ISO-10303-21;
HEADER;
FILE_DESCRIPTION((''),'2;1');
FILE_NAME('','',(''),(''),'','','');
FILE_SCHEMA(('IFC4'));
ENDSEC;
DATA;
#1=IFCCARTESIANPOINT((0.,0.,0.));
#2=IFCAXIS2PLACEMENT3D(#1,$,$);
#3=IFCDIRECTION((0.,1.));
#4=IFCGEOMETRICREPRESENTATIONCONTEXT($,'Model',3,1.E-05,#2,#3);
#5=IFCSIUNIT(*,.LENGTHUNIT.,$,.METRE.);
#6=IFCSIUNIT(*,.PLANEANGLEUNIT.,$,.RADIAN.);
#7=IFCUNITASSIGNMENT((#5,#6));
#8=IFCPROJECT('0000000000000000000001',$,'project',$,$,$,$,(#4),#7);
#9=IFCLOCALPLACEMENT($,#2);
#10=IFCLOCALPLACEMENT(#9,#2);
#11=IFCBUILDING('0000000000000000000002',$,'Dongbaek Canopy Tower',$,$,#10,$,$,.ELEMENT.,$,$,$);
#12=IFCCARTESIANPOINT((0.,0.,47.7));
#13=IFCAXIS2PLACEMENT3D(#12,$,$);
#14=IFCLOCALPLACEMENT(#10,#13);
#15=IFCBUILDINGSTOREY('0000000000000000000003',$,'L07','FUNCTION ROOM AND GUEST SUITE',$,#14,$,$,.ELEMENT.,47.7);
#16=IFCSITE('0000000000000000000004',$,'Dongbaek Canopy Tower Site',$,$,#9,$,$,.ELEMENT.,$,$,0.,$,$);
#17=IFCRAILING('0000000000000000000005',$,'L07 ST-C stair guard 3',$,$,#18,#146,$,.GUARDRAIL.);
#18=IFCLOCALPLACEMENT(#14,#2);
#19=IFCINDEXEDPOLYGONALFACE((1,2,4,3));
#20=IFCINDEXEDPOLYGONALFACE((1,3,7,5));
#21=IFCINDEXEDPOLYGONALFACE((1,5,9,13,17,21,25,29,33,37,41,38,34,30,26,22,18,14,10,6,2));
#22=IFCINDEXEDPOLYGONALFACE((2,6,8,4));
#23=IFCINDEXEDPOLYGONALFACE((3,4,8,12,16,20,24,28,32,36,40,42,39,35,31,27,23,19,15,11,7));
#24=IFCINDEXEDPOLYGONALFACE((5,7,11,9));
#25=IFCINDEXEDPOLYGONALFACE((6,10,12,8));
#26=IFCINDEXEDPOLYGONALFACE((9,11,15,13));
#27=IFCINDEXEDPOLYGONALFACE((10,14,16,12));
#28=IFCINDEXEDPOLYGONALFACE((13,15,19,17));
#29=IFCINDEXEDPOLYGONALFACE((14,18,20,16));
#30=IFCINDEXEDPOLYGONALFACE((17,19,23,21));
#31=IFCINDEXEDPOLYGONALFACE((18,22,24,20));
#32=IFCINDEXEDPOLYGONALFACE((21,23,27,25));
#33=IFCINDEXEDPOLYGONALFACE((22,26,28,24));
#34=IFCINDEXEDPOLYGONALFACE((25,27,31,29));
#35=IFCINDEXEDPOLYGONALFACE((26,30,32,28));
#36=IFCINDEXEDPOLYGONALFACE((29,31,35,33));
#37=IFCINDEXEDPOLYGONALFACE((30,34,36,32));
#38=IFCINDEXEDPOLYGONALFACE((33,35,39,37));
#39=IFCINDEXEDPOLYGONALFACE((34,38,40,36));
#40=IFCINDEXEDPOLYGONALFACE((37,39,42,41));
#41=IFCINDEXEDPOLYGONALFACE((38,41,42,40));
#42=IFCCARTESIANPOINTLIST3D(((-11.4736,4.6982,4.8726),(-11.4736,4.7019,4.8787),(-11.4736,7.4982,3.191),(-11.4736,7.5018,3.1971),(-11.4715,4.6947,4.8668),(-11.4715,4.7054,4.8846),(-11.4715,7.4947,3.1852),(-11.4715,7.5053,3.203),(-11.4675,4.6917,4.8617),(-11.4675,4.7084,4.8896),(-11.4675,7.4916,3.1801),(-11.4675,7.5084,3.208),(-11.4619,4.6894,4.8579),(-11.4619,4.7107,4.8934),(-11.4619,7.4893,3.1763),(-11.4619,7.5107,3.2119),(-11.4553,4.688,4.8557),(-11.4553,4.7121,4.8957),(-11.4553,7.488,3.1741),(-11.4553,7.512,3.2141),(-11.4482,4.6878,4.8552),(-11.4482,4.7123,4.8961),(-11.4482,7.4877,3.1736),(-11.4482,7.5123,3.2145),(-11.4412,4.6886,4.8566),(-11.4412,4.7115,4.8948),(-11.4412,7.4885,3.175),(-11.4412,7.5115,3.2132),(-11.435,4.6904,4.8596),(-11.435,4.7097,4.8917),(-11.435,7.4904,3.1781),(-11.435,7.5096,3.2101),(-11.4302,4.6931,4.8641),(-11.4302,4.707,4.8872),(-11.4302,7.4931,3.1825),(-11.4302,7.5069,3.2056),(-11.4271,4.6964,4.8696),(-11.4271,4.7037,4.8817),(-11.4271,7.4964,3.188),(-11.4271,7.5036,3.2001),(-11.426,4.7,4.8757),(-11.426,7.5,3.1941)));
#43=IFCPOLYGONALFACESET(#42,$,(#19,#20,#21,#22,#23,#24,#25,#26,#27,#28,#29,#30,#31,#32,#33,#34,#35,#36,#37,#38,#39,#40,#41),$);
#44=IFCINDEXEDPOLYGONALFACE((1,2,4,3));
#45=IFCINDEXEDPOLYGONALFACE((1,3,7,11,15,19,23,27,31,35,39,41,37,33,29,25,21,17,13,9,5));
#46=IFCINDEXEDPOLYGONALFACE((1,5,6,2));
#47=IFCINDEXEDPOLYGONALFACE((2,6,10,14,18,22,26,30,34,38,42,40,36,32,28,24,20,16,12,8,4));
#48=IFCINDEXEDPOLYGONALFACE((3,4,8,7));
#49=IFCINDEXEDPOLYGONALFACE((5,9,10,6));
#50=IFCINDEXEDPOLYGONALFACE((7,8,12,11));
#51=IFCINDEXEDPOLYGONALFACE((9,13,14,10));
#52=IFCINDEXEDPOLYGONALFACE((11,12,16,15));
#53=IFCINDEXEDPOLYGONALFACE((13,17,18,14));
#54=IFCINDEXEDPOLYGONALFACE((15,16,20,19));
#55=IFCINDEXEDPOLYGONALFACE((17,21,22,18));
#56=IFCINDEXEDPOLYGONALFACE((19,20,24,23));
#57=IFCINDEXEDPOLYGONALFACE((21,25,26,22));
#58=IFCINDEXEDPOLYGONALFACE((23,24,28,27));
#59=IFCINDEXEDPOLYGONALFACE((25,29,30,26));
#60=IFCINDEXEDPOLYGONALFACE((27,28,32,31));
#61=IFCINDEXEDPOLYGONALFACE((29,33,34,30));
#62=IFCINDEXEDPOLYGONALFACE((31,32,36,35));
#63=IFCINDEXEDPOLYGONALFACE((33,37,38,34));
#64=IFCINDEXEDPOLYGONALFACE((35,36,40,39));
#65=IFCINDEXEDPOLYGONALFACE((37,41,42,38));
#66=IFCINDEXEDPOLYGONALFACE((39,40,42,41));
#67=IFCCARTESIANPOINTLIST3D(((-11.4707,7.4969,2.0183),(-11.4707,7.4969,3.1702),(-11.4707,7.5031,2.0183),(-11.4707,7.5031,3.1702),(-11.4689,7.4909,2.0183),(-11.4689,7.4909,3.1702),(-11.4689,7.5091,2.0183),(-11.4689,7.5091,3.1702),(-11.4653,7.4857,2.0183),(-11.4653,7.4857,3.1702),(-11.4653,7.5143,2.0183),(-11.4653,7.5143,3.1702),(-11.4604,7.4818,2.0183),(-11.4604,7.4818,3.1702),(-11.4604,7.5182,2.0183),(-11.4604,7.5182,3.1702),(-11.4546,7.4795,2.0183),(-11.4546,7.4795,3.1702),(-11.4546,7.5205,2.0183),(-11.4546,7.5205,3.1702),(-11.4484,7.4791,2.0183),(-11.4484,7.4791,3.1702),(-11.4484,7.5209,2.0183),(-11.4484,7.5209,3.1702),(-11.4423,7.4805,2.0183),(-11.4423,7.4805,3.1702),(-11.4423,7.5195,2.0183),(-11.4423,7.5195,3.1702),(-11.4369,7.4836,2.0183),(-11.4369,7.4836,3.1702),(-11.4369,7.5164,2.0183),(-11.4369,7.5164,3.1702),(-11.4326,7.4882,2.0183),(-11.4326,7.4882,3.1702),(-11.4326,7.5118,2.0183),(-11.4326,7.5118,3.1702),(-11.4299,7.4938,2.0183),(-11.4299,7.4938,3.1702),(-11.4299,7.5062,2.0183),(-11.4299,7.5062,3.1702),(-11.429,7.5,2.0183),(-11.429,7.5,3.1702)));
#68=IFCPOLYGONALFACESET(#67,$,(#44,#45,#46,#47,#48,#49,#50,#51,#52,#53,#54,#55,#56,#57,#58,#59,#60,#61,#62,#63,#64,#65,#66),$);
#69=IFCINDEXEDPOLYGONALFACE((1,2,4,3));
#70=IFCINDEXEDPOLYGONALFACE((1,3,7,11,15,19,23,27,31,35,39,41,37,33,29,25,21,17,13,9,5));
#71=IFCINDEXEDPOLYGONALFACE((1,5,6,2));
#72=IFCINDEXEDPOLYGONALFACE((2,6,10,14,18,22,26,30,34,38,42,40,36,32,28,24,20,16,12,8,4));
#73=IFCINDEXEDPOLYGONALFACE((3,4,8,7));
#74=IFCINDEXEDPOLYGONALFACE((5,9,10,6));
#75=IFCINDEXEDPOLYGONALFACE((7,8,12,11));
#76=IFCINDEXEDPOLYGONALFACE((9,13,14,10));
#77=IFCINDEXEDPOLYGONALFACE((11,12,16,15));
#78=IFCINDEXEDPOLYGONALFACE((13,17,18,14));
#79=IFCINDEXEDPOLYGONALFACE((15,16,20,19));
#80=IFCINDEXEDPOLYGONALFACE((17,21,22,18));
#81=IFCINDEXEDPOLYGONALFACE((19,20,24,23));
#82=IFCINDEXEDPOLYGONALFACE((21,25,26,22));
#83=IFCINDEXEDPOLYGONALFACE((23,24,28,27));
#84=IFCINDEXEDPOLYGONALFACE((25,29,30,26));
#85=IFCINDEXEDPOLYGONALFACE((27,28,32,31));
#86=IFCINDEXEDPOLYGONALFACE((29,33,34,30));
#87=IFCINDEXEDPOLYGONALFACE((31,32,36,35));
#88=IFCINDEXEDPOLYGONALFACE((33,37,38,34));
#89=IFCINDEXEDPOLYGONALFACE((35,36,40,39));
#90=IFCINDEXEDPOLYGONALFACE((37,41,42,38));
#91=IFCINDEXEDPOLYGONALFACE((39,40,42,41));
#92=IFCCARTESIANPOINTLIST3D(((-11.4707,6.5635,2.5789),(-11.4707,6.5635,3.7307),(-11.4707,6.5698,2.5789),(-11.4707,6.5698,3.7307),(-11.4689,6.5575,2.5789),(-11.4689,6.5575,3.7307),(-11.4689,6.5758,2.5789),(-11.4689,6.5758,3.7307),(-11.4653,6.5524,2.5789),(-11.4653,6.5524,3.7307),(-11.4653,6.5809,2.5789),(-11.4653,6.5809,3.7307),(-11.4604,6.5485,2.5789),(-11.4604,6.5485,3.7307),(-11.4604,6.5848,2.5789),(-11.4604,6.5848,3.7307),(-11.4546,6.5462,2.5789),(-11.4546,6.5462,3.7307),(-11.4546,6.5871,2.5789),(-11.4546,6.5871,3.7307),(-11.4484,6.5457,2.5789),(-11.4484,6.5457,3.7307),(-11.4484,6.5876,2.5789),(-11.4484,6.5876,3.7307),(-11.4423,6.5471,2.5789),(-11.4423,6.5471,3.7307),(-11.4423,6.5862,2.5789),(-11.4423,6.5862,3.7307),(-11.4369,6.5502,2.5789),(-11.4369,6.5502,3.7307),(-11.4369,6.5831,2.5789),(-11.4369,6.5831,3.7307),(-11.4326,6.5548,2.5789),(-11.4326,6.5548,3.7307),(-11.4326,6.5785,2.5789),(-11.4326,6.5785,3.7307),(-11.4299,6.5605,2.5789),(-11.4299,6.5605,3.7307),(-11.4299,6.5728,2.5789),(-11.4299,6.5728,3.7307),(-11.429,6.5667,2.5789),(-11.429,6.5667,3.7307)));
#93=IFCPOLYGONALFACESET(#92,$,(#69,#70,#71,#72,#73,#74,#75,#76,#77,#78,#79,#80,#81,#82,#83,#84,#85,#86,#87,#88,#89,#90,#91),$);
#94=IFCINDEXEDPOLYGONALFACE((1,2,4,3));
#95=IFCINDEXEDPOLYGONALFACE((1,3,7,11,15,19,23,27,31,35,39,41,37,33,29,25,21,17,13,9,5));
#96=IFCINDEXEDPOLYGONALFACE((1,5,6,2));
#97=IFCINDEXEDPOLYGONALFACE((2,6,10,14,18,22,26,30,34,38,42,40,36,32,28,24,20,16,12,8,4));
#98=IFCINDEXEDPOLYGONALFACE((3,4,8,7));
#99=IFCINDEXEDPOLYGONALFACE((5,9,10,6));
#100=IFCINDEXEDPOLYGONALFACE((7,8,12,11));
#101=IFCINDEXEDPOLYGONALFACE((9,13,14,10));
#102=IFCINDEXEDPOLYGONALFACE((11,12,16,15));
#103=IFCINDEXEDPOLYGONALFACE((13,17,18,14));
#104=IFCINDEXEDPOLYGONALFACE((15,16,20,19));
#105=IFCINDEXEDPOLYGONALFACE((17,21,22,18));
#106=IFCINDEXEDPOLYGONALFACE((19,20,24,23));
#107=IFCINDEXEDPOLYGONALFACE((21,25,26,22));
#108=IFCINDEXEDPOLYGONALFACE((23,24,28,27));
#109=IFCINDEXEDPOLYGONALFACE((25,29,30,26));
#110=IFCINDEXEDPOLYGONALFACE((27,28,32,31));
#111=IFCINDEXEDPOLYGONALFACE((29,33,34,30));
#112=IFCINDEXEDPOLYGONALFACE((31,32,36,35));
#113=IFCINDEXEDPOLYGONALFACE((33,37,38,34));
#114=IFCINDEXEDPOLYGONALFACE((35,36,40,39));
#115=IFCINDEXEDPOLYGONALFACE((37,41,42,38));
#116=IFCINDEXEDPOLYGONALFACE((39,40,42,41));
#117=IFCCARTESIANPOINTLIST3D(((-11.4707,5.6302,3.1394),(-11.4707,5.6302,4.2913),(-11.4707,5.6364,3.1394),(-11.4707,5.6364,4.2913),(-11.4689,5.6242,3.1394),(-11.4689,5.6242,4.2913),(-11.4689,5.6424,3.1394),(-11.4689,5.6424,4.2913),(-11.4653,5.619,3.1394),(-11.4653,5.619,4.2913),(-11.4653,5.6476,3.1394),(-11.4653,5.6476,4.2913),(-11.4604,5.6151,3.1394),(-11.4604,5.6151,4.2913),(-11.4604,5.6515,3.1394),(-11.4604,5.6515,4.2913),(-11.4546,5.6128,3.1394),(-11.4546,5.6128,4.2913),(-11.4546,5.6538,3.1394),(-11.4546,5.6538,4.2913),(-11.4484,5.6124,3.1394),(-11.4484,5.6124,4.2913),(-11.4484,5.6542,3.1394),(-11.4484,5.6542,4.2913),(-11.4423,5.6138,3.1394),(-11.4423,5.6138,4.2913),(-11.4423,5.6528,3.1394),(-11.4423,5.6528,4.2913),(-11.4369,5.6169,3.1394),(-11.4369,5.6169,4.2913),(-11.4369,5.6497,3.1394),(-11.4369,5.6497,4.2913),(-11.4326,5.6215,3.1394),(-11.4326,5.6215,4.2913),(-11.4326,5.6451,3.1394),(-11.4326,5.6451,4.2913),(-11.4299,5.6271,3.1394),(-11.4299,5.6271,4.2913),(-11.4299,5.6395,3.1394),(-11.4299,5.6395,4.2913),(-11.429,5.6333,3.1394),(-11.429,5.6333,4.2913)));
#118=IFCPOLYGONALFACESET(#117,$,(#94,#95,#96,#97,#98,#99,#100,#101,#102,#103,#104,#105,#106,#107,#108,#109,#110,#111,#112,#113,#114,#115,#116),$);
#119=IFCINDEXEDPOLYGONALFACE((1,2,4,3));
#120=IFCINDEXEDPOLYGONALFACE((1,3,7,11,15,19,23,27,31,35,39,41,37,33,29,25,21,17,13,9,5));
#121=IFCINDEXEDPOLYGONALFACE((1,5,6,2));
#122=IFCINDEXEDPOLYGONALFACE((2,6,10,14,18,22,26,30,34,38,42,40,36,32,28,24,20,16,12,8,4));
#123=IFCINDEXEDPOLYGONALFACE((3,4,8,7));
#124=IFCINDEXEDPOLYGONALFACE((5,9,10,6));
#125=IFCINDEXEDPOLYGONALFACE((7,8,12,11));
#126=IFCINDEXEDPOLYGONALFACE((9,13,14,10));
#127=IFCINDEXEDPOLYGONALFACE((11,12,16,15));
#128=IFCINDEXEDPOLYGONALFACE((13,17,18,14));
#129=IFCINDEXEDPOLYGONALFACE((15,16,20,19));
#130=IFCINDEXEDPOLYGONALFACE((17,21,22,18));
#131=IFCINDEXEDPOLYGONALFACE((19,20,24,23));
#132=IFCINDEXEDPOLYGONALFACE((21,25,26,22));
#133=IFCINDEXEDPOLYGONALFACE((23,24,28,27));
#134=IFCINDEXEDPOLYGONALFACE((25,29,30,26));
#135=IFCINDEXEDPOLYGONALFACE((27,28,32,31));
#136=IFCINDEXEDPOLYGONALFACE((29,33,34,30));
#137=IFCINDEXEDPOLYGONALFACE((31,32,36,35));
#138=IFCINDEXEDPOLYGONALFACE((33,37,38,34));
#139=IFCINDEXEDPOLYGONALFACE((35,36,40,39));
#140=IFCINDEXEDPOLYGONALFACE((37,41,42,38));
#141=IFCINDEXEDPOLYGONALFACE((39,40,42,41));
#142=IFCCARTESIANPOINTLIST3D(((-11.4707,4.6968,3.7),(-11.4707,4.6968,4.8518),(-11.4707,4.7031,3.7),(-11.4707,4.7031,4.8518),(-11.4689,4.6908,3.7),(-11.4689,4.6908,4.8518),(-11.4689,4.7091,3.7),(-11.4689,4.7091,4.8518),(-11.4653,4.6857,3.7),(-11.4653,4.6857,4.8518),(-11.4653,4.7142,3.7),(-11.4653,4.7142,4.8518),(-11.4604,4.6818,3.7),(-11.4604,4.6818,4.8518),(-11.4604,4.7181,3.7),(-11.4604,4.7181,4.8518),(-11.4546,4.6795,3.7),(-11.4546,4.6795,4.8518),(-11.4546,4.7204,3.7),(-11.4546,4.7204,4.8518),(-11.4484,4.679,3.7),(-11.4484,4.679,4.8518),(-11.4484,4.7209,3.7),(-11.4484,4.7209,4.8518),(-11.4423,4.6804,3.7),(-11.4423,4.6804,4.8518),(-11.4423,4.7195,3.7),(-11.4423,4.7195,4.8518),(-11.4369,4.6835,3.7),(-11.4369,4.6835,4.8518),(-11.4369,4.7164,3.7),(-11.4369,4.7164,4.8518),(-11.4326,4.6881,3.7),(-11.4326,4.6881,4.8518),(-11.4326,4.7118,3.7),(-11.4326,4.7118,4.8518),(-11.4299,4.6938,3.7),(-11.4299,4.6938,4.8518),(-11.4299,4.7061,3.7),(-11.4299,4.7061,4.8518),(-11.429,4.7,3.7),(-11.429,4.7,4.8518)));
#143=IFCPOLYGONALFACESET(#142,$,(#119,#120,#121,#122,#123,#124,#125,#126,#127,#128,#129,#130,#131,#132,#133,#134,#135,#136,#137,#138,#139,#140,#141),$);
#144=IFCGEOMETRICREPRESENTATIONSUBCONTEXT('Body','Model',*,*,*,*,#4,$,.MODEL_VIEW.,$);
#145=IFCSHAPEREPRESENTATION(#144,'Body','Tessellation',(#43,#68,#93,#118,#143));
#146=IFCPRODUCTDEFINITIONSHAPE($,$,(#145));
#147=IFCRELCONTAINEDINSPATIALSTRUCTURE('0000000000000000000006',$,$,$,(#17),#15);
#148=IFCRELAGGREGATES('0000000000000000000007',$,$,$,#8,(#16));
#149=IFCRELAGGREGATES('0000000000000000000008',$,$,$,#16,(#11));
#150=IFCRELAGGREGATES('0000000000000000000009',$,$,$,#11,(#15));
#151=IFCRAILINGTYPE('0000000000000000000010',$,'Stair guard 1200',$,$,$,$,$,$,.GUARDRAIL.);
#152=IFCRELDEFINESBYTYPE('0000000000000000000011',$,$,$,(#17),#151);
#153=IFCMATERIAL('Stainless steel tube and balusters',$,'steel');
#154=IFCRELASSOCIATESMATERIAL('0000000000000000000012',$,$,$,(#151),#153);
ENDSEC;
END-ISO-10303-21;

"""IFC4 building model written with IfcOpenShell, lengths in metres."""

from ifc_helpers import new_model, si_unit, direction, frame, origin, origin_2d, place, context, subcontext, project, spatial, circle, extrude, material, type_object, element, save


model = new_model("IFC4")

# Units and contexts
model_context = context("Model", 3, precision=1e-05, world=origin(), true_north=direction((0.0, 1.0)))
body_context = subcontext(model_context, "Body", "Model", "MODEL_VIEW")
ifc_project = project(units=[si_unit("LENGTHUNIT", "METRE"), si_unit("PLANEANGLEUNIT", "RADIAN")], contexts=[model_context])

# Site, building, storey
site_placement = place(None, origin())
site = spatial("IfcSite", under=ifc_project, at=site_placement, Name="Dongbaek Canopy Tower Site", CompositionType="ELEMENT", RefElevation=0.0)
building_placement = place(site_placement, origin())
building = spatial("IfcBuilding", under=site, at=building_placement, Name="Dongbaek Canopy Tower", CompositionType="ELEMENT")
storey_placement = place(building_placement, frame((0.0, 0.0, 47.7)))
storey = spatial("IfcBuildingStorey", under=building, at=storey_placement, Name="L07", Description="FUNCTION ROOM AND GUEST SUITE", CompositionType="ELEMENT", Elevation=47.7)

# Railing
ifc_material_1 = material(Name="Stainless steel tube and balusters", Category="steel")
railing_type_1 = type_object("IfcRailingType", Name="Stair guard 1200", PredefinedType="GUARDRAIL", material=ifc_material_1)
railing_1_placement = place(storey_placement, frame((-11.45, 7.5, 2.0183)))
element("IfcRailing", 1, at=railing_1_placement, inside=storey, type_object=railing_type_1, Name="L07 ST-C stair guard 3", PredefinedType="GUARDRAIL", context=body_context, shape_type="SweptSolid", body=[
    extrude(circle(Radius=0.0239, at=origin_2d()), frame((0.0, 0.0, 1.1758), z_axis=(0.0, -0.857275, 0.514858), x_axis=(1.0, 0.0, 0.0)), (0.0, 0.0, 1.0), 3.2661),
    extrude(circle(Radius=0.021, at=origin_2d()), origin(), (0.0, 0.0, 1.0), 1.1519),
    extrude(circle(Radius=0.021, at=origin_2d()), frame((0.0, -0.9333, 0.5605)), (0.0, 0.0, 1.0), 1.1519),
    extrude(circle(Radius=0.021, at=origin_2d()), frame((0.0, -1.8667, 1.1211)), (0.0, 0.0, 1.0), 1.1519),
    extrude(circle(Radius=0.021, at=origin_2d()), frame((0.0, -2.8, 1.6816)), (0.0, 0.0, 1.0), 1.1519),
])

save(model, "model.ifc")
